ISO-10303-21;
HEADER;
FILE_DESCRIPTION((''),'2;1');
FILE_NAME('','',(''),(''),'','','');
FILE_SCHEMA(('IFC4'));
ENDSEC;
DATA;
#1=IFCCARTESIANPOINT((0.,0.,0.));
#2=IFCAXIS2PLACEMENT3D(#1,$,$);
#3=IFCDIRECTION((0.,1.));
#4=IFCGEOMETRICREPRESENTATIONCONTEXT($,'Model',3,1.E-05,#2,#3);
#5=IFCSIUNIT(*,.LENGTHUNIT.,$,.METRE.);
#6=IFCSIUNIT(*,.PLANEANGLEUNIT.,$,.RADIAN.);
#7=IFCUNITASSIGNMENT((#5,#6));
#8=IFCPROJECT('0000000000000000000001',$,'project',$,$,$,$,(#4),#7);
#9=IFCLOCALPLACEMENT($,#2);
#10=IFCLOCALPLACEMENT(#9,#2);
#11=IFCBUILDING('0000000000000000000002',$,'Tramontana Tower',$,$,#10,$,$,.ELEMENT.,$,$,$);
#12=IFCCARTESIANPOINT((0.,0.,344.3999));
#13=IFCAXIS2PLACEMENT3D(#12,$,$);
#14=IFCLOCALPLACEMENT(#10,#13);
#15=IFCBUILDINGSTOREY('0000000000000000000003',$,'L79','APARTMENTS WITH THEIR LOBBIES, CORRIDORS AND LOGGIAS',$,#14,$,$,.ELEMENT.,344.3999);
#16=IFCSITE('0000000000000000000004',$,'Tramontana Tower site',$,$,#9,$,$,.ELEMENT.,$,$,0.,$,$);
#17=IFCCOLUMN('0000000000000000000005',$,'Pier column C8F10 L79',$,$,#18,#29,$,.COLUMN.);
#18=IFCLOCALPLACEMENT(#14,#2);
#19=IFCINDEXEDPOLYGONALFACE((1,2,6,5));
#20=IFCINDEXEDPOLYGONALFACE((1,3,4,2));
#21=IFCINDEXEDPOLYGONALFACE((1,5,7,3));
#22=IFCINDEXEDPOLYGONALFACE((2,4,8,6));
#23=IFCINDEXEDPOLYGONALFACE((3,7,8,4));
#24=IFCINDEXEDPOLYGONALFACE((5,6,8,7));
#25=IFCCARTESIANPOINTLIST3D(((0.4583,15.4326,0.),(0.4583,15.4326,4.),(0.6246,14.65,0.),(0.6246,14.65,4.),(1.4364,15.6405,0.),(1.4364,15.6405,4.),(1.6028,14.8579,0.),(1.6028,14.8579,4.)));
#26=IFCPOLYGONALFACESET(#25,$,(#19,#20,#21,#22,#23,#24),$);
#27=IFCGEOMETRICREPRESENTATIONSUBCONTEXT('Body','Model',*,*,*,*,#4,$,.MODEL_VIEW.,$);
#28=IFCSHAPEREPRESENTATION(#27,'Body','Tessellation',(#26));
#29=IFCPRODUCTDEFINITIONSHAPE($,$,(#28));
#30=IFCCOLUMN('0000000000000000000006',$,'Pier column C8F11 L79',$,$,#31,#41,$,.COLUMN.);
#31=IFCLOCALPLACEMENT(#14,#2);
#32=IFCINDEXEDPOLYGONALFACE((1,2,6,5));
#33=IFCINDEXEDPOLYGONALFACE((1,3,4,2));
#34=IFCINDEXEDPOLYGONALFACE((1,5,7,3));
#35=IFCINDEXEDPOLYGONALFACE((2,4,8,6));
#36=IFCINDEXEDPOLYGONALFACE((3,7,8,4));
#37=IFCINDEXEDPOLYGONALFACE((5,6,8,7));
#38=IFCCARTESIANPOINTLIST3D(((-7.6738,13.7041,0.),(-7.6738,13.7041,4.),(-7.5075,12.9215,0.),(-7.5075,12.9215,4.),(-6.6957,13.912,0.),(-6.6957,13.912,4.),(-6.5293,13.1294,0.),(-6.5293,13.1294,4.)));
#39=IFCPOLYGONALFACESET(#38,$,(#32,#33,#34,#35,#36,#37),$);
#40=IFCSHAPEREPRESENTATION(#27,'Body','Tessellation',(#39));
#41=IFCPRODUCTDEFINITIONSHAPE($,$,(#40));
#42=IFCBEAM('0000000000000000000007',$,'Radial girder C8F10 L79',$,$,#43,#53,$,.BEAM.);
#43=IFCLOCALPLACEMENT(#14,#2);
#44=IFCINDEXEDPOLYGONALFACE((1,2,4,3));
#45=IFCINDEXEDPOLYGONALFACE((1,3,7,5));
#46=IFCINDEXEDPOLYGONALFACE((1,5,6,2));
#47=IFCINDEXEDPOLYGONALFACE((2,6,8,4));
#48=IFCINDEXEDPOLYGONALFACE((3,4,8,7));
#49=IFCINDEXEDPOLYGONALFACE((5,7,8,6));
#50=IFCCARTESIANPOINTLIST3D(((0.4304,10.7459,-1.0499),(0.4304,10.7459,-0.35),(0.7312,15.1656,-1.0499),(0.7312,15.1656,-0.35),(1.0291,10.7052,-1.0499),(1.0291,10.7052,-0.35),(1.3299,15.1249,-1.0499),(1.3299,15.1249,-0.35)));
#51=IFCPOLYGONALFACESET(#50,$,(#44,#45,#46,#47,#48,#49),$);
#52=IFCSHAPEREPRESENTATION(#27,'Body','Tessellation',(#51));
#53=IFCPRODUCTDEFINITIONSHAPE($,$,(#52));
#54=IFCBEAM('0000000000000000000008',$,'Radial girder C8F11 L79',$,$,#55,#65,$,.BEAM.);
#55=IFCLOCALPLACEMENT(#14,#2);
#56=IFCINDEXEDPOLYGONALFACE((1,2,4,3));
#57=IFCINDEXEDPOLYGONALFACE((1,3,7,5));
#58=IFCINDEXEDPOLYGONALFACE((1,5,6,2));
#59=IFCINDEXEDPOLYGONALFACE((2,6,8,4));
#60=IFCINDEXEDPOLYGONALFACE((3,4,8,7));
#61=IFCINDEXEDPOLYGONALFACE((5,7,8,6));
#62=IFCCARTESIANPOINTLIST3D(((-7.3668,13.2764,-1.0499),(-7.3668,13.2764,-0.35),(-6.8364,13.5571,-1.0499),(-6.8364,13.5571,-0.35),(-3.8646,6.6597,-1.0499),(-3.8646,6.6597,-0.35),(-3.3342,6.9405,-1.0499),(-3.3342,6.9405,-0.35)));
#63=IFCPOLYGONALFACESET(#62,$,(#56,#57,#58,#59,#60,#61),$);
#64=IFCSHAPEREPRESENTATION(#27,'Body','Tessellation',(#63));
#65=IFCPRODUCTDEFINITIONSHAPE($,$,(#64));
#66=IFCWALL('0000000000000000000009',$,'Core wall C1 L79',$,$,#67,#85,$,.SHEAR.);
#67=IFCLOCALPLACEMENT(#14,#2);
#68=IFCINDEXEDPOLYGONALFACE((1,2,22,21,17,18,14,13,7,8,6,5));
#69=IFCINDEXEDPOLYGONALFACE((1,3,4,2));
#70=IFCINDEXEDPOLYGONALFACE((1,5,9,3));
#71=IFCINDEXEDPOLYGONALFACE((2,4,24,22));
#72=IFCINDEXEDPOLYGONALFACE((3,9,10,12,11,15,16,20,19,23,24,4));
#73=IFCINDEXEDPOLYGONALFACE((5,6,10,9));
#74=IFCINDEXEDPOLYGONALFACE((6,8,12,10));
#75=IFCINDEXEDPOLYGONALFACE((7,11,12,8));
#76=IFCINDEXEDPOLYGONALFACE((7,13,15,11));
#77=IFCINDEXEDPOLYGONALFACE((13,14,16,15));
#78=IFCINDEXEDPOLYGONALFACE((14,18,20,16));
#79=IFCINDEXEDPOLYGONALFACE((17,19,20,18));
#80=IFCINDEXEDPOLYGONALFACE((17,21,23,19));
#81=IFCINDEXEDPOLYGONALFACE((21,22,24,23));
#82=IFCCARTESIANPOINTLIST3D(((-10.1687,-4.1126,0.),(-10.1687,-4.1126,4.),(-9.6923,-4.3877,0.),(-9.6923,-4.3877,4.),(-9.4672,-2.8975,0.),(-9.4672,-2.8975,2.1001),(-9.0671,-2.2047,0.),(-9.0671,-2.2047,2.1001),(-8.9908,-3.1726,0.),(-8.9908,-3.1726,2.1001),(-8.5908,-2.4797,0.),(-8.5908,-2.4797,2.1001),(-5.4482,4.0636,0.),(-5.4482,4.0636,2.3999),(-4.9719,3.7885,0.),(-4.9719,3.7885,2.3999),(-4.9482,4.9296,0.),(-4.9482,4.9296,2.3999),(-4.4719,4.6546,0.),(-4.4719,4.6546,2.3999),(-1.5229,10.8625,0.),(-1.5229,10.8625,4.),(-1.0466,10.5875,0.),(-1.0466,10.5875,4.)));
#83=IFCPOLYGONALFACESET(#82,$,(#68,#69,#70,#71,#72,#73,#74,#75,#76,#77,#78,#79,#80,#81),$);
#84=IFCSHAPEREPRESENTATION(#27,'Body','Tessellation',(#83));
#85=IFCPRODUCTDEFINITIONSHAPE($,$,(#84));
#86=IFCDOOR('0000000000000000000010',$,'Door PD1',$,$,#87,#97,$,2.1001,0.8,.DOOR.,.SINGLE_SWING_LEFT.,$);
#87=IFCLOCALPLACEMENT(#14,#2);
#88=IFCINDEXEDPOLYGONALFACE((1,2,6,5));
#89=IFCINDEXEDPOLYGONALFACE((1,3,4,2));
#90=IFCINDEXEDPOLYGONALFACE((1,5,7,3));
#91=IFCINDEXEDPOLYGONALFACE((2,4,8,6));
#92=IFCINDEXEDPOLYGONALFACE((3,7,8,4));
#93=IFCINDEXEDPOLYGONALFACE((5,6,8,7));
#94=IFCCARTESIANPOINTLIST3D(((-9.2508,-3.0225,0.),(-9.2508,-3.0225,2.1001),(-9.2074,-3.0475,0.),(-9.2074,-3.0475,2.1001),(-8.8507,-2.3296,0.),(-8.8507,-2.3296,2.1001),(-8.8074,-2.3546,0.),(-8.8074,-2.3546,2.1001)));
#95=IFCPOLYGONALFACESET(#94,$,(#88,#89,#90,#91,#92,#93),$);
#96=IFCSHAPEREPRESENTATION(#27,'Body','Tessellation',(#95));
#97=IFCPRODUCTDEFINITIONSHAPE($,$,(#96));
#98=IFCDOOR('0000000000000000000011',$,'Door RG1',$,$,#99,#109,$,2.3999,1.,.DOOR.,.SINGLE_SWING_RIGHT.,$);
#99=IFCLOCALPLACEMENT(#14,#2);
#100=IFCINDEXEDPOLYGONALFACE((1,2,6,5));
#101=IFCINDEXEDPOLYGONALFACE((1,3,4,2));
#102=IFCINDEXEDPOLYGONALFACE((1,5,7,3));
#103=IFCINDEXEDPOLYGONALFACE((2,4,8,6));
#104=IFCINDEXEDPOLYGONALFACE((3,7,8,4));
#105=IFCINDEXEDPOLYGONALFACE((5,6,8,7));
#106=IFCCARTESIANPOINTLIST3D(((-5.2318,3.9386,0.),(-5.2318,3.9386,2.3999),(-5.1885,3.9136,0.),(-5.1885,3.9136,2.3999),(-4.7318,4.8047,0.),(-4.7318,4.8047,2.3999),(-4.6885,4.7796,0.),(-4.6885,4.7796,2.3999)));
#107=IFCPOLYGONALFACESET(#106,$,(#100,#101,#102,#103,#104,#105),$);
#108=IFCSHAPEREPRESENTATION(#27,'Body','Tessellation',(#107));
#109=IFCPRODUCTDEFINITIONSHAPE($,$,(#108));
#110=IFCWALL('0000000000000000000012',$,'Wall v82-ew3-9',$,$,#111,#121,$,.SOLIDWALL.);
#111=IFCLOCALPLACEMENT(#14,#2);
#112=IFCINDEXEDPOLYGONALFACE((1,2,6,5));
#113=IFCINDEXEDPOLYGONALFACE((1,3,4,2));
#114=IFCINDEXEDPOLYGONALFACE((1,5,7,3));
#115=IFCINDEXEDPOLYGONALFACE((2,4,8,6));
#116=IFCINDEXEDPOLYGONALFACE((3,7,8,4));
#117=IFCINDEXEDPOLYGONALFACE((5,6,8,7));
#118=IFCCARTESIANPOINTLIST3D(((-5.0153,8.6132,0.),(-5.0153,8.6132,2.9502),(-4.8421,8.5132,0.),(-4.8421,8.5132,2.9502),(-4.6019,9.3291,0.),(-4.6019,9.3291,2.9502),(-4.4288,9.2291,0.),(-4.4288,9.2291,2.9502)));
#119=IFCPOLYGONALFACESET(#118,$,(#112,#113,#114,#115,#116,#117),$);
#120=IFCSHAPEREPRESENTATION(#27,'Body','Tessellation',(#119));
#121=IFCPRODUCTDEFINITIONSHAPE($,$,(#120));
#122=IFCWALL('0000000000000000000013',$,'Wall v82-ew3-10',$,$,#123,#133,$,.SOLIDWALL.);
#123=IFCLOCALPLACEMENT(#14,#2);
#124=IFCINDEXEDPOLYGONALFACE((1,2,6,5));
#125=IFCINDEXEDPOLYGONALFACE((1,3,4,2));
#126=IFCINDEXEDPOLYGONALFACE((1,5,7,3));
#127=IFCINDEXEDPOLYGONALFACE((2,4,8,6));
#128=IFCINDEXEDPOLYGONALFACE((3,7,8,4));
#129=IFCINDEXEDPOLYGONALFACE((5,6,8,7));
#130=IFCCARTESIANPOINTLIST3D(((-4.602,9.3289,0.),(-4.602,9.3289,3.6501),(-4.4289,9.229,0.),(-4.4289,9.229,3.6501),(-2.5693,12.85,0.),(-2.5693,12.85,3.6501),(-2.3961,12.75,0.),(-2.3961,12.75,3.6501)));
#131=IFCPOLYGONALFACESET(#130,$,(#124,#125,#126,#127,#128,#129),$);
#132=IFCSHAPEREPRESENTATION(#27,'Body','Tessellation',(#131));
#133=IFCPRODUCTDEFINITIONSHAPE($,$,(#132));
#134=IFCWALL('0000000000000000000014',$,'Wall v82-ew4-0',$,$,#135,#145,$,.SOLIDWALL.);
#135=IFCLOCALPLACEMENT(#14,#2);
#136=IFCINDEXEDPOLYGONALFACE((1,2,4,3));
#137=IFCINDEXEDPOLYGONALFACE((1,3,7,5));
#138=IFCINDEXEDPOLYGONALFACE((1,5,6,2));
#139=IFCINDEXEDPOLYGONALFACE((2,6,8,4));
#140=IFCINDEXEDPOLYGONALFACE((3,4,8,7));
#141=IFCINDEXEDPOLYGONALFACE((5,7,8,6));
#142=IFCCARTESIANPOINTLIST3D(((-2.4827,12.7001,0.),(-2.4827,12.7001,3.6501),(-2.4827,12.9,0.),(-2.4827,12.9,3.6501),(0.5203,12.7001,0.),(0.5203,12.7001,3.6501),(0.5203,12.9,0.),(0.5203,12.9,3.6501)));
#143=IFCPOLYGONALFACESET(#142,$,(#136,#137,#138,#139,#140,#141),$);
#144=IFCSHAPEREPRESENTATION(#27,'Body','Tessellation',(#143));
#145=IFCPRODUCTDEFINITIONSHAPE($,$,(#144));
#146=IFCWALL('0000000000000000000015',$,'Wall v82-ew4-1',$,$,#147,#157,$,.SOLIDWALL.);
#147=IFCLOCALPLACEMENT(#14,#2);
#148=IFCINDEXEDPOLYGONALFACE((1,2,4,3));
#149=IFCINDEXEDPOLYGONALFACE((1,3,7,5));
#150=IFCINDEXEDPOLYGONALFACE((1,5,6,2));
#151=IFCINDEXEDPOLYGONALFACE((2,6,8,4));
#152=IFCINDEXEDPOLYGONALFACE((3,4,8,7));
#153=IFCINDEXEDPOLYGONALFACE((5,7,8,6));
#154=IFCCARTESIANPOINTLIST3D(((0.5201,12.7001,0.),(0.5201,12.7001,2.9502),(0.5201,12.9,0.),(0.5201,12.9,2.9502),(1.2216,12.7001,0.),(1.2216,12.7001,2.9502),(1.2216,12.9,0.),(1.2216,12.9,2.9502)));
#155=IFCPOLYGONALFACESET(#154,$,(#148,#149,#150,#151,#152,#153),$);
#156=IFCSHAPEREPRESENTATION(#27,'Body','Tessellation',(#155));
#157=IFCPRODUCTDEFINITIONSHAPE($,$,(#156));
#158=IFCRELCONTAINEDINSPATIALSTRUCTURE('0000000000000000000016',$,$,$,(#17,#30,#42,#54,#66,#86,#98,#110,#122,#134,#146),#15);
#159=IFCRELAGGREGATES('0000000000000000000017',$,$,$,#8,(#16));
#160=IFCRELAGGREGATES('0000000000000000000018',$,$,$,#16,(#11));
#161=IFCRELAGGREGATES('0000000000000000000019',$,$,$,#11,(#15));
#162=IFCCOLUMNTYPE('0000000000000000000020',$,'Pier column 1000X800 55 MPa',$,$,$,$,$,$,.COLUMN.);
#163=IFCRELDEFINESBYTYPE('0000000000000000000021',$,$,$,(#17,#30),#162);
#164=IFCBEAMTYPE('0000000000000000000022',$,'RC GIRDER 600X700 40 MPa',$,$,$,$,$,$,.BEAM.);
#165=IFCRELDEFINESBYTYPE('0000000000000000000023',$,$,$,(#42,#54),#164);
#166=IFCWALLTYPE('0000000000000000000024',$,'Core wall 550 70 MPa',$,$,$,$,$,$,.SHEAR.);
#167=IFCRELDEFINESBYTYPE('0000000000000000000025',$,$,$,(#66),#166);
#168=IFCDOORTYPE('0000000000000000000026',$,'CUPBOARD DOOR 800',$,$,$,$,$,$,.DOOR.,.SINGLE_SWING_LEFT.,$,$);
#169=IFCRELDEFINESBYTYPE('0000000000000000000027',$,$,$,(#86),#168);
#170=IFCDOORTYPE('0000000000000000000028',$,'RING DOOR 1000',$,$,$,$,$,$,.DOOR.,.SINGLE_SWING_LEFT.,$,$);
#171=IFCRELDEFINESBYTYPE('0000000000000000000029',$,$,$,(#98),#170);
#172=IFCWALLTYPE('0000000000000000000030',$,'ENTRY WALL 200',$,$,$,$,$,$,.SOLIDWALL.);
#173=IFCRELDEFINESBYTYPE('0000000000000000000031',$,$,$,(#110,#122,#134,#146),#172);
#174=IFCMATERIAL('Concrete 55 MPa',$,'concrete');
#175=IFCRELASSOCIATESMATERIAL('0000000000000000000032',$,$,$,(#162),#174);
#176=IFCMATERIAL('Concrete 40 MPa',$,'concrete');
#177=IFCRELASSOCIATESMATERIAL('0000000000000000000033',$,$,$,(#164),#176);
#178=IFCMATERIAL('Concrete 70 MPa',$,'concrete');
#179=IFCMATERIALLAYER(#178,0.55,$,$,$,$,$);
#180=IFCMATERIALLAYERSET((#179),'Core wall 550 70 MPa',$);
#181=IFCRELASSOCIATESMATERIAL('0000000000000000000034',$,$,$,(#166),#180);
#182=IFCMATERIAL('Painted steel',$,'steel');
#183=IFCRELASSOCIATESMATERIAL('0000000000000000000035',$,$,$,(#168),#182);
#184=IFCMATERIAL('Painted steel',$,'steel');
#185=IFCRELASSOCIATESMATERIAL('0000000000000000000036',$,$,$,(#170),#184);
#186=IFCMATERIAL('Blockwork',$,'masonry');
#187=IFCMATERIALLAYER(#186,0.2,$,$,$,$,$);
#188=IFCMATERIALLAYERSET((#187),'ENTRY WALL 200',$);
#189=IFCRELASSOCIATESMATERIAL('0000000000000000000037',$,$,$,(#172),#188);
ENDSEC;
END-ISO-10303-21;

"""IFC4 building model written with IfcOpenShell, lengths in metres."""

from ifc_helpers import new_model, si_unit, direction, frame, frame_2d, origin, origin_2d, place, context, subcontext, project, spatial, rectangle, extrude, material, layer, layer_set, material_profile, profile_set, type_object, element, fill, save


model = new_model("IFC4")

# Units and contexts
model_context = context("Model", 3, precision=1e-05, world=origin(), true_north=direction((0.0, 1.0)))
body_context = subcontext(model_context, "Body", "Model", "MODEL_VIEW")
ifc_project = project(units=[si_unit("LENGTHUNIT", "METRE"), si_unit("PLANEANGLEUNIT", "RADIAN")], contexts=[model_context])

# Site, building, storey
site_placement = place(None, origin())
site = spatial("IfcSite", under=ifc_project, at=site_placement, Name="Tramontana Tower site", CompositionType="ELEMENT", RefElevation=0.0)
building_placement = place(site_placement, origin())
building = spatial("IfcBuilding", under=site, at=building_placement, Name="Tramontana Tower", CompositionType="ELEMENT")
storey_placement = place(building_placement, frame((0.0, 0.0, 344.3999)))
storey = spatial("IfcBuildingStorey", under=building, at=storey_placement, Name="L79", Description="APARTMENTS WITH THEIR LOBBIES, CORRIDORS AND LOGGIAS", CompositionType="ELEMENT", Elevation=344.3999)

# Columns
ifc_material_1 = material(Name="Concrete 55 MPa", Category="concrete")
ifc_material_profile_1 = material_profile(ifc_material_1, rectangle(XDim=1.0, YDim=0.8, at=origin_2d()), Name="Pier column 1000X800 55 MPa")
ifc_profile_set_1 = profile_set([ifc_material_profile_1], Name="Concrete 55 MPa")
column_type = type_object("IfcColumnType", Name="Pier column 1000X800 55 MPa", PredefinedType="COLUMN", material=ifc_profile_set_1)
for number, where, z_axis, x_axis, name in (
    (1, (1.0305, 15.1453, 0.0), (0.0, 0.0, 1.0), (-0.978148, -0.207912, 0.0), "Pier column C8F10 L79"),
    (2, (-7.1016, 13.4167, 0.0), (0.0, 0.0, 1.0), (-0.978148, -0.207912, 0.0), "Pier column C8F11 L79"),
):
    element("IfcColumn", number, at=place(storey_placement, frame(where, z_axis=z_axis, x_axis=x_axis)), inside=storey, type_object=column_type, Name=name, PredefinedType="COLUMN", context=body_context, shape_type="SweptSolid", body=[
        extrude(rectangle(XDim=1.0, YDim=0.8, at=origin_2d()), origin(), (0.0, 0.0, 1.0), 4.0),
    ])

# Beams
ifc_material_2 = material(Name="Concrete 40 MPa", Category="concrete")
ifc_material_profile_2 = material_profile(ifc_material_2, rectangle(XDim=0.6001, YDim=0.7, at=origin_2d()), Name="RC GIRDER 600X700 40 MPa")
ifc_profile_set_2 = profile_set([ifc_material_profile_2], Name="Concrete 40 MPa")
beam_type = type_object("IfcBeamType", Name="RC GIRDER 600X700 40 MPa", PredefinedType="BEAM", material=ifc_profile_set_2)
beam_1_placement = place(storey_placement, frame((1.0305, 15.1453, -0.7), z_axis=(-0.067898, -0.997692, 0.0), x_axis=(0.997692, -0.067898, 0.0)))
element("IfcBeam", 3, at=beam_1_placement, inside=storey, type_object=beam_type, Name="Radial girder C8F10 L79", PredefinedType="BEAM", context=body_context, shape_type="SweptSolid", body=[
    extrude(rectangle(XDim=0.6001, YDim=0.7, at=origin_2d()), origin(), (0.0, 0.0, 1.0), 4.4299),
])
beam_2_placement = place(storey_placement, frame((-7.1016, 13.4167, -0.7), z_axis=(0.467808, -0.88383, 0.0), x_axis=(0.88383, 0.467808, 0.0)))
element("IfcBeam", 4, at=beam_2_placement, inside=storey, type_object=beam_type, Name="Radial girder C8F11 L79", PredefinedType="BEAM", context=body_context, shape_type="SweptSolid", body=[
    extrude(rectangle(XDim=0.6001, YDim=0.7, at=origin_2d()), origin(), (0.0, 0.0, 1.0), 7.4863),
])

# Wall, openings, doors
ifc_material_3 = material(Name="Concrete 70 MPa", Category="concrete")
ifc_layer_1 = layer(ifc_material_3, 0.55)
ifc_layer_set_1 = layer_set([ifc_layer_1], Name="Core wall 550 70 MPa")
wall_type_1 = type_object("IfcWallType", Name="Core wall 550 70 MPa", PredefinedType="SHEAR", material=ifc_layer_set_1)
wall_1_placement = place(storey_placement, frame((-1.2847, 10.7251, 0.0), z_axis=(0.0, 0.0, 1.0), x_axis=(-0.499995, -0.866029, 0.0)))
wall_1 = element("IfcWall", 5, at=wall_1_placement, inside=storey, type_object=wall_type_1, Name="Core wall C1 L79", PredefinedType="SHEAR", context=body_context, shape_type="SweptSolid", body=[
    extrude(rectangle(XDim=17.2917, YDim=0.55, at=frame_2d((8.646, 0.0))), origin(), (0.0, 0.0, 1.0), 4.0),
])
opening_1_placement = place(wall_1_placement, frame((6.8508, 0.0, 0.0)))
opening_1 = element("IfcOpeningElement", 6, at=opening_1_placement, cuts=wall_1, PredefinedType="OPENING", context=body_context, shape_type="SweptSolid", body=[
    extrude(rectangle(XDim=1.0, YDim=2.3999, at=frame_2d((0.5, 1.2))), frame((0.0, 0.2849, 0.0), z_axis=(0.0, -1.0, 0.0), x_axis=(1.0, 0.0, 0.0)), (0.0, 0.0, 1.0), 0.5701),
])
opening_2_placement = place(wall_1_placement, frame((15.0889, 0.0, 0.0)))
opening_2 = element("IfcOpeningElement", 7, at=opening_2_placement, cuts=wall_1, PredefinedType="OPENING", context=body_context, shape_type="SweptSolid", body=[
    extrude(rectangle(XDim=0.8, YDim=2.1001, at=frame_2d((0.3999, 1.05))), frame((0.0, 0.2849, 0.0), z_axis=(0.0, -1.0, 0.0), x_axis=(1.0, 0.0, 0.0)), (0.0, 0.0, 1.0), 0.5701),
])
ifc_material_4 = material(Name="Painted steel", Category="steel")
door_type_1 = type_object("IfcDoorType", Name="CUPBOARD DOOR 800", OperationType="SINGLE_SWING_LEFT", PredefinedType="DOOR", material=ifc_material_4)
door_1_placement = place(opening_2_placement, origin())
door_1 = element("IfcDoor", 8, at=door_1_placement, inside=storey, type_object=door_type_1, Name="Door PD1", OperationType="SINGLE_SWING_LEFT", OverallHeight=2.1001, OverallWidth=0.8, PredefinedType="DOOR", context=body_context, shape_type="SweptSolid", body=[
    extrude(rectangle(XDim=0.8, YDim=2.1001, at=frame_2d((0.3999, 1.05))), frame((0.0, 0.0249, 0.0), z_axis=(0.0, -1.0, 0.0), x_axis=(1.0, 0.0, 0.0)), (0.0, 0.0, 1.0), 0.05),
])
fill(opening_2, door_1)
ifc_material_5 = material(Name="Painted steel", Category="steel")
door_type_2 = type_object("IfcDoorType", Name="RING DOOR 1000", OperationType="SINGLE_SWING_LEFT", PredefinedType="DOOR", material=ifc_material_5)
door_2_placement = place(opening_1_placement, origin())
door_2 = element("IfcDoor", 9, at=door_2_placement, inside=storey, type_object=door_type_2, Name="Door RG1", OperationType="SINGLE_SWING_RIGHT", OverallHeight=2.3999, OverallWidth=1.0, PredefinedType="DOOR", context=body_context, shape_type="SweptSolid", body=[
    extrude(rectangle(XDim=1.0, YDim=2.3999, at=frame_2d((0.5, 1.2))), frame((0.0, 0.0249, 0.0), z_axis=(0.0, -1.0, 0.0), x_axis=(1.0, 0.0, 0.0)), (0.0, 0.0, 1.0), 0.05),
])
fill(opening_1, door_2)

# Walls
ifc_material_6 = material(Name="Blockwork", Category="masonry")
ifc_layer_2 = layer(ifc_material_6, 0.2)
ifc_layer_set_2 = layer_set([ifc_layer_2], Name="ENTRY WALL 200")
wall_type_2 = type_object("IfcWallType", Name="ENTRY WALL 200", PredefinedType="SOLIDWALL", material=ifc_layer_set_2)
wall_2_placement = place(storey_placement, frame((-4.9287, 8.5632, 0.0), z_axis=(0.0, 0.0, 1.0), x_axis=(0.500046, 0.865999, 0.0)))
element("IfcWall", 10, at=wall_2_placement, inside=storey, type_object=wall_type_2, Name="Wall v82-ew3-9", PredefinedType="SOLIDWALL", context=body_context, shape_type="SweptSolid", body=[
    extrude(rectangle(XDim=0.8267, YDim=0.2, at=frame_2d((0.4133, 0.0))), origin(), (0.0, 0.0, 1.0), 2.9502),
])
wall_3_placement = place(storey_placement, frame((-4.5154, 9.2791, 0.0), z_axis=(0.0, 0.0, 1.0), x_axis=(0.499975, 0.86604, 0.0)))
element("IfcWall", 11, at=wall_3_placement, inside=storey, type_object=wall_type_2, Name="Wall v82-ew3-10", PredefinedType="SOLIDWALL", context=body_context, shape_type="SweptSolid", body=[
    extrude(rectangle(XDim=4.0657, YDim=0.2, at=frame_2d((2.0327, 0.0))), origin(), (0.0, 0.0, 1.0), 3.6501),
])
wall_4_placement = place(storey_placement, frame((-2.4827, 12.8, 0.0), z_axis=(0.0, 0.0, 1.0), x_axis=(1.0, 0.0, 0.0)))
element("IfcWall", 12, at=wall_4_placement, inside=storey, type_object=wall_type_2, Name="Wall v82-ew4-0", PredefinedType="SOLIDWALL", context=body_context, shape_type="SweptSolid", body=[
    extrude(rectangle(XDim=3.0029, YDim=0.2, at=frame_2d((1.5015, 0.0))), origin(), (0.0, 0.0, 1.0), 3.6501),
])
wall_5_placement = place(storey_placement, frame((0.5203, 12.8, 0.0), z_axis=(0.0, 0.0, 1.0), x_axis=(1.0, 0.0, 0.0)))
element("IfcWall", 13, at=wall_5_placement, inside=storey, type_object=wall_type_2, Name="Wall v82-ew4-1", PredefinedType="SOLIDWALL", context=body_context, shape_type="SweptSolid", body=[
    extrude(rectangle(XDim=0.7014, YDim=0.2, at=frame_2d((0.3506, 0.0))), origin(), (0.0, 0.0, 1.0), 2.9502),
])

save(model, "model.ifc")
